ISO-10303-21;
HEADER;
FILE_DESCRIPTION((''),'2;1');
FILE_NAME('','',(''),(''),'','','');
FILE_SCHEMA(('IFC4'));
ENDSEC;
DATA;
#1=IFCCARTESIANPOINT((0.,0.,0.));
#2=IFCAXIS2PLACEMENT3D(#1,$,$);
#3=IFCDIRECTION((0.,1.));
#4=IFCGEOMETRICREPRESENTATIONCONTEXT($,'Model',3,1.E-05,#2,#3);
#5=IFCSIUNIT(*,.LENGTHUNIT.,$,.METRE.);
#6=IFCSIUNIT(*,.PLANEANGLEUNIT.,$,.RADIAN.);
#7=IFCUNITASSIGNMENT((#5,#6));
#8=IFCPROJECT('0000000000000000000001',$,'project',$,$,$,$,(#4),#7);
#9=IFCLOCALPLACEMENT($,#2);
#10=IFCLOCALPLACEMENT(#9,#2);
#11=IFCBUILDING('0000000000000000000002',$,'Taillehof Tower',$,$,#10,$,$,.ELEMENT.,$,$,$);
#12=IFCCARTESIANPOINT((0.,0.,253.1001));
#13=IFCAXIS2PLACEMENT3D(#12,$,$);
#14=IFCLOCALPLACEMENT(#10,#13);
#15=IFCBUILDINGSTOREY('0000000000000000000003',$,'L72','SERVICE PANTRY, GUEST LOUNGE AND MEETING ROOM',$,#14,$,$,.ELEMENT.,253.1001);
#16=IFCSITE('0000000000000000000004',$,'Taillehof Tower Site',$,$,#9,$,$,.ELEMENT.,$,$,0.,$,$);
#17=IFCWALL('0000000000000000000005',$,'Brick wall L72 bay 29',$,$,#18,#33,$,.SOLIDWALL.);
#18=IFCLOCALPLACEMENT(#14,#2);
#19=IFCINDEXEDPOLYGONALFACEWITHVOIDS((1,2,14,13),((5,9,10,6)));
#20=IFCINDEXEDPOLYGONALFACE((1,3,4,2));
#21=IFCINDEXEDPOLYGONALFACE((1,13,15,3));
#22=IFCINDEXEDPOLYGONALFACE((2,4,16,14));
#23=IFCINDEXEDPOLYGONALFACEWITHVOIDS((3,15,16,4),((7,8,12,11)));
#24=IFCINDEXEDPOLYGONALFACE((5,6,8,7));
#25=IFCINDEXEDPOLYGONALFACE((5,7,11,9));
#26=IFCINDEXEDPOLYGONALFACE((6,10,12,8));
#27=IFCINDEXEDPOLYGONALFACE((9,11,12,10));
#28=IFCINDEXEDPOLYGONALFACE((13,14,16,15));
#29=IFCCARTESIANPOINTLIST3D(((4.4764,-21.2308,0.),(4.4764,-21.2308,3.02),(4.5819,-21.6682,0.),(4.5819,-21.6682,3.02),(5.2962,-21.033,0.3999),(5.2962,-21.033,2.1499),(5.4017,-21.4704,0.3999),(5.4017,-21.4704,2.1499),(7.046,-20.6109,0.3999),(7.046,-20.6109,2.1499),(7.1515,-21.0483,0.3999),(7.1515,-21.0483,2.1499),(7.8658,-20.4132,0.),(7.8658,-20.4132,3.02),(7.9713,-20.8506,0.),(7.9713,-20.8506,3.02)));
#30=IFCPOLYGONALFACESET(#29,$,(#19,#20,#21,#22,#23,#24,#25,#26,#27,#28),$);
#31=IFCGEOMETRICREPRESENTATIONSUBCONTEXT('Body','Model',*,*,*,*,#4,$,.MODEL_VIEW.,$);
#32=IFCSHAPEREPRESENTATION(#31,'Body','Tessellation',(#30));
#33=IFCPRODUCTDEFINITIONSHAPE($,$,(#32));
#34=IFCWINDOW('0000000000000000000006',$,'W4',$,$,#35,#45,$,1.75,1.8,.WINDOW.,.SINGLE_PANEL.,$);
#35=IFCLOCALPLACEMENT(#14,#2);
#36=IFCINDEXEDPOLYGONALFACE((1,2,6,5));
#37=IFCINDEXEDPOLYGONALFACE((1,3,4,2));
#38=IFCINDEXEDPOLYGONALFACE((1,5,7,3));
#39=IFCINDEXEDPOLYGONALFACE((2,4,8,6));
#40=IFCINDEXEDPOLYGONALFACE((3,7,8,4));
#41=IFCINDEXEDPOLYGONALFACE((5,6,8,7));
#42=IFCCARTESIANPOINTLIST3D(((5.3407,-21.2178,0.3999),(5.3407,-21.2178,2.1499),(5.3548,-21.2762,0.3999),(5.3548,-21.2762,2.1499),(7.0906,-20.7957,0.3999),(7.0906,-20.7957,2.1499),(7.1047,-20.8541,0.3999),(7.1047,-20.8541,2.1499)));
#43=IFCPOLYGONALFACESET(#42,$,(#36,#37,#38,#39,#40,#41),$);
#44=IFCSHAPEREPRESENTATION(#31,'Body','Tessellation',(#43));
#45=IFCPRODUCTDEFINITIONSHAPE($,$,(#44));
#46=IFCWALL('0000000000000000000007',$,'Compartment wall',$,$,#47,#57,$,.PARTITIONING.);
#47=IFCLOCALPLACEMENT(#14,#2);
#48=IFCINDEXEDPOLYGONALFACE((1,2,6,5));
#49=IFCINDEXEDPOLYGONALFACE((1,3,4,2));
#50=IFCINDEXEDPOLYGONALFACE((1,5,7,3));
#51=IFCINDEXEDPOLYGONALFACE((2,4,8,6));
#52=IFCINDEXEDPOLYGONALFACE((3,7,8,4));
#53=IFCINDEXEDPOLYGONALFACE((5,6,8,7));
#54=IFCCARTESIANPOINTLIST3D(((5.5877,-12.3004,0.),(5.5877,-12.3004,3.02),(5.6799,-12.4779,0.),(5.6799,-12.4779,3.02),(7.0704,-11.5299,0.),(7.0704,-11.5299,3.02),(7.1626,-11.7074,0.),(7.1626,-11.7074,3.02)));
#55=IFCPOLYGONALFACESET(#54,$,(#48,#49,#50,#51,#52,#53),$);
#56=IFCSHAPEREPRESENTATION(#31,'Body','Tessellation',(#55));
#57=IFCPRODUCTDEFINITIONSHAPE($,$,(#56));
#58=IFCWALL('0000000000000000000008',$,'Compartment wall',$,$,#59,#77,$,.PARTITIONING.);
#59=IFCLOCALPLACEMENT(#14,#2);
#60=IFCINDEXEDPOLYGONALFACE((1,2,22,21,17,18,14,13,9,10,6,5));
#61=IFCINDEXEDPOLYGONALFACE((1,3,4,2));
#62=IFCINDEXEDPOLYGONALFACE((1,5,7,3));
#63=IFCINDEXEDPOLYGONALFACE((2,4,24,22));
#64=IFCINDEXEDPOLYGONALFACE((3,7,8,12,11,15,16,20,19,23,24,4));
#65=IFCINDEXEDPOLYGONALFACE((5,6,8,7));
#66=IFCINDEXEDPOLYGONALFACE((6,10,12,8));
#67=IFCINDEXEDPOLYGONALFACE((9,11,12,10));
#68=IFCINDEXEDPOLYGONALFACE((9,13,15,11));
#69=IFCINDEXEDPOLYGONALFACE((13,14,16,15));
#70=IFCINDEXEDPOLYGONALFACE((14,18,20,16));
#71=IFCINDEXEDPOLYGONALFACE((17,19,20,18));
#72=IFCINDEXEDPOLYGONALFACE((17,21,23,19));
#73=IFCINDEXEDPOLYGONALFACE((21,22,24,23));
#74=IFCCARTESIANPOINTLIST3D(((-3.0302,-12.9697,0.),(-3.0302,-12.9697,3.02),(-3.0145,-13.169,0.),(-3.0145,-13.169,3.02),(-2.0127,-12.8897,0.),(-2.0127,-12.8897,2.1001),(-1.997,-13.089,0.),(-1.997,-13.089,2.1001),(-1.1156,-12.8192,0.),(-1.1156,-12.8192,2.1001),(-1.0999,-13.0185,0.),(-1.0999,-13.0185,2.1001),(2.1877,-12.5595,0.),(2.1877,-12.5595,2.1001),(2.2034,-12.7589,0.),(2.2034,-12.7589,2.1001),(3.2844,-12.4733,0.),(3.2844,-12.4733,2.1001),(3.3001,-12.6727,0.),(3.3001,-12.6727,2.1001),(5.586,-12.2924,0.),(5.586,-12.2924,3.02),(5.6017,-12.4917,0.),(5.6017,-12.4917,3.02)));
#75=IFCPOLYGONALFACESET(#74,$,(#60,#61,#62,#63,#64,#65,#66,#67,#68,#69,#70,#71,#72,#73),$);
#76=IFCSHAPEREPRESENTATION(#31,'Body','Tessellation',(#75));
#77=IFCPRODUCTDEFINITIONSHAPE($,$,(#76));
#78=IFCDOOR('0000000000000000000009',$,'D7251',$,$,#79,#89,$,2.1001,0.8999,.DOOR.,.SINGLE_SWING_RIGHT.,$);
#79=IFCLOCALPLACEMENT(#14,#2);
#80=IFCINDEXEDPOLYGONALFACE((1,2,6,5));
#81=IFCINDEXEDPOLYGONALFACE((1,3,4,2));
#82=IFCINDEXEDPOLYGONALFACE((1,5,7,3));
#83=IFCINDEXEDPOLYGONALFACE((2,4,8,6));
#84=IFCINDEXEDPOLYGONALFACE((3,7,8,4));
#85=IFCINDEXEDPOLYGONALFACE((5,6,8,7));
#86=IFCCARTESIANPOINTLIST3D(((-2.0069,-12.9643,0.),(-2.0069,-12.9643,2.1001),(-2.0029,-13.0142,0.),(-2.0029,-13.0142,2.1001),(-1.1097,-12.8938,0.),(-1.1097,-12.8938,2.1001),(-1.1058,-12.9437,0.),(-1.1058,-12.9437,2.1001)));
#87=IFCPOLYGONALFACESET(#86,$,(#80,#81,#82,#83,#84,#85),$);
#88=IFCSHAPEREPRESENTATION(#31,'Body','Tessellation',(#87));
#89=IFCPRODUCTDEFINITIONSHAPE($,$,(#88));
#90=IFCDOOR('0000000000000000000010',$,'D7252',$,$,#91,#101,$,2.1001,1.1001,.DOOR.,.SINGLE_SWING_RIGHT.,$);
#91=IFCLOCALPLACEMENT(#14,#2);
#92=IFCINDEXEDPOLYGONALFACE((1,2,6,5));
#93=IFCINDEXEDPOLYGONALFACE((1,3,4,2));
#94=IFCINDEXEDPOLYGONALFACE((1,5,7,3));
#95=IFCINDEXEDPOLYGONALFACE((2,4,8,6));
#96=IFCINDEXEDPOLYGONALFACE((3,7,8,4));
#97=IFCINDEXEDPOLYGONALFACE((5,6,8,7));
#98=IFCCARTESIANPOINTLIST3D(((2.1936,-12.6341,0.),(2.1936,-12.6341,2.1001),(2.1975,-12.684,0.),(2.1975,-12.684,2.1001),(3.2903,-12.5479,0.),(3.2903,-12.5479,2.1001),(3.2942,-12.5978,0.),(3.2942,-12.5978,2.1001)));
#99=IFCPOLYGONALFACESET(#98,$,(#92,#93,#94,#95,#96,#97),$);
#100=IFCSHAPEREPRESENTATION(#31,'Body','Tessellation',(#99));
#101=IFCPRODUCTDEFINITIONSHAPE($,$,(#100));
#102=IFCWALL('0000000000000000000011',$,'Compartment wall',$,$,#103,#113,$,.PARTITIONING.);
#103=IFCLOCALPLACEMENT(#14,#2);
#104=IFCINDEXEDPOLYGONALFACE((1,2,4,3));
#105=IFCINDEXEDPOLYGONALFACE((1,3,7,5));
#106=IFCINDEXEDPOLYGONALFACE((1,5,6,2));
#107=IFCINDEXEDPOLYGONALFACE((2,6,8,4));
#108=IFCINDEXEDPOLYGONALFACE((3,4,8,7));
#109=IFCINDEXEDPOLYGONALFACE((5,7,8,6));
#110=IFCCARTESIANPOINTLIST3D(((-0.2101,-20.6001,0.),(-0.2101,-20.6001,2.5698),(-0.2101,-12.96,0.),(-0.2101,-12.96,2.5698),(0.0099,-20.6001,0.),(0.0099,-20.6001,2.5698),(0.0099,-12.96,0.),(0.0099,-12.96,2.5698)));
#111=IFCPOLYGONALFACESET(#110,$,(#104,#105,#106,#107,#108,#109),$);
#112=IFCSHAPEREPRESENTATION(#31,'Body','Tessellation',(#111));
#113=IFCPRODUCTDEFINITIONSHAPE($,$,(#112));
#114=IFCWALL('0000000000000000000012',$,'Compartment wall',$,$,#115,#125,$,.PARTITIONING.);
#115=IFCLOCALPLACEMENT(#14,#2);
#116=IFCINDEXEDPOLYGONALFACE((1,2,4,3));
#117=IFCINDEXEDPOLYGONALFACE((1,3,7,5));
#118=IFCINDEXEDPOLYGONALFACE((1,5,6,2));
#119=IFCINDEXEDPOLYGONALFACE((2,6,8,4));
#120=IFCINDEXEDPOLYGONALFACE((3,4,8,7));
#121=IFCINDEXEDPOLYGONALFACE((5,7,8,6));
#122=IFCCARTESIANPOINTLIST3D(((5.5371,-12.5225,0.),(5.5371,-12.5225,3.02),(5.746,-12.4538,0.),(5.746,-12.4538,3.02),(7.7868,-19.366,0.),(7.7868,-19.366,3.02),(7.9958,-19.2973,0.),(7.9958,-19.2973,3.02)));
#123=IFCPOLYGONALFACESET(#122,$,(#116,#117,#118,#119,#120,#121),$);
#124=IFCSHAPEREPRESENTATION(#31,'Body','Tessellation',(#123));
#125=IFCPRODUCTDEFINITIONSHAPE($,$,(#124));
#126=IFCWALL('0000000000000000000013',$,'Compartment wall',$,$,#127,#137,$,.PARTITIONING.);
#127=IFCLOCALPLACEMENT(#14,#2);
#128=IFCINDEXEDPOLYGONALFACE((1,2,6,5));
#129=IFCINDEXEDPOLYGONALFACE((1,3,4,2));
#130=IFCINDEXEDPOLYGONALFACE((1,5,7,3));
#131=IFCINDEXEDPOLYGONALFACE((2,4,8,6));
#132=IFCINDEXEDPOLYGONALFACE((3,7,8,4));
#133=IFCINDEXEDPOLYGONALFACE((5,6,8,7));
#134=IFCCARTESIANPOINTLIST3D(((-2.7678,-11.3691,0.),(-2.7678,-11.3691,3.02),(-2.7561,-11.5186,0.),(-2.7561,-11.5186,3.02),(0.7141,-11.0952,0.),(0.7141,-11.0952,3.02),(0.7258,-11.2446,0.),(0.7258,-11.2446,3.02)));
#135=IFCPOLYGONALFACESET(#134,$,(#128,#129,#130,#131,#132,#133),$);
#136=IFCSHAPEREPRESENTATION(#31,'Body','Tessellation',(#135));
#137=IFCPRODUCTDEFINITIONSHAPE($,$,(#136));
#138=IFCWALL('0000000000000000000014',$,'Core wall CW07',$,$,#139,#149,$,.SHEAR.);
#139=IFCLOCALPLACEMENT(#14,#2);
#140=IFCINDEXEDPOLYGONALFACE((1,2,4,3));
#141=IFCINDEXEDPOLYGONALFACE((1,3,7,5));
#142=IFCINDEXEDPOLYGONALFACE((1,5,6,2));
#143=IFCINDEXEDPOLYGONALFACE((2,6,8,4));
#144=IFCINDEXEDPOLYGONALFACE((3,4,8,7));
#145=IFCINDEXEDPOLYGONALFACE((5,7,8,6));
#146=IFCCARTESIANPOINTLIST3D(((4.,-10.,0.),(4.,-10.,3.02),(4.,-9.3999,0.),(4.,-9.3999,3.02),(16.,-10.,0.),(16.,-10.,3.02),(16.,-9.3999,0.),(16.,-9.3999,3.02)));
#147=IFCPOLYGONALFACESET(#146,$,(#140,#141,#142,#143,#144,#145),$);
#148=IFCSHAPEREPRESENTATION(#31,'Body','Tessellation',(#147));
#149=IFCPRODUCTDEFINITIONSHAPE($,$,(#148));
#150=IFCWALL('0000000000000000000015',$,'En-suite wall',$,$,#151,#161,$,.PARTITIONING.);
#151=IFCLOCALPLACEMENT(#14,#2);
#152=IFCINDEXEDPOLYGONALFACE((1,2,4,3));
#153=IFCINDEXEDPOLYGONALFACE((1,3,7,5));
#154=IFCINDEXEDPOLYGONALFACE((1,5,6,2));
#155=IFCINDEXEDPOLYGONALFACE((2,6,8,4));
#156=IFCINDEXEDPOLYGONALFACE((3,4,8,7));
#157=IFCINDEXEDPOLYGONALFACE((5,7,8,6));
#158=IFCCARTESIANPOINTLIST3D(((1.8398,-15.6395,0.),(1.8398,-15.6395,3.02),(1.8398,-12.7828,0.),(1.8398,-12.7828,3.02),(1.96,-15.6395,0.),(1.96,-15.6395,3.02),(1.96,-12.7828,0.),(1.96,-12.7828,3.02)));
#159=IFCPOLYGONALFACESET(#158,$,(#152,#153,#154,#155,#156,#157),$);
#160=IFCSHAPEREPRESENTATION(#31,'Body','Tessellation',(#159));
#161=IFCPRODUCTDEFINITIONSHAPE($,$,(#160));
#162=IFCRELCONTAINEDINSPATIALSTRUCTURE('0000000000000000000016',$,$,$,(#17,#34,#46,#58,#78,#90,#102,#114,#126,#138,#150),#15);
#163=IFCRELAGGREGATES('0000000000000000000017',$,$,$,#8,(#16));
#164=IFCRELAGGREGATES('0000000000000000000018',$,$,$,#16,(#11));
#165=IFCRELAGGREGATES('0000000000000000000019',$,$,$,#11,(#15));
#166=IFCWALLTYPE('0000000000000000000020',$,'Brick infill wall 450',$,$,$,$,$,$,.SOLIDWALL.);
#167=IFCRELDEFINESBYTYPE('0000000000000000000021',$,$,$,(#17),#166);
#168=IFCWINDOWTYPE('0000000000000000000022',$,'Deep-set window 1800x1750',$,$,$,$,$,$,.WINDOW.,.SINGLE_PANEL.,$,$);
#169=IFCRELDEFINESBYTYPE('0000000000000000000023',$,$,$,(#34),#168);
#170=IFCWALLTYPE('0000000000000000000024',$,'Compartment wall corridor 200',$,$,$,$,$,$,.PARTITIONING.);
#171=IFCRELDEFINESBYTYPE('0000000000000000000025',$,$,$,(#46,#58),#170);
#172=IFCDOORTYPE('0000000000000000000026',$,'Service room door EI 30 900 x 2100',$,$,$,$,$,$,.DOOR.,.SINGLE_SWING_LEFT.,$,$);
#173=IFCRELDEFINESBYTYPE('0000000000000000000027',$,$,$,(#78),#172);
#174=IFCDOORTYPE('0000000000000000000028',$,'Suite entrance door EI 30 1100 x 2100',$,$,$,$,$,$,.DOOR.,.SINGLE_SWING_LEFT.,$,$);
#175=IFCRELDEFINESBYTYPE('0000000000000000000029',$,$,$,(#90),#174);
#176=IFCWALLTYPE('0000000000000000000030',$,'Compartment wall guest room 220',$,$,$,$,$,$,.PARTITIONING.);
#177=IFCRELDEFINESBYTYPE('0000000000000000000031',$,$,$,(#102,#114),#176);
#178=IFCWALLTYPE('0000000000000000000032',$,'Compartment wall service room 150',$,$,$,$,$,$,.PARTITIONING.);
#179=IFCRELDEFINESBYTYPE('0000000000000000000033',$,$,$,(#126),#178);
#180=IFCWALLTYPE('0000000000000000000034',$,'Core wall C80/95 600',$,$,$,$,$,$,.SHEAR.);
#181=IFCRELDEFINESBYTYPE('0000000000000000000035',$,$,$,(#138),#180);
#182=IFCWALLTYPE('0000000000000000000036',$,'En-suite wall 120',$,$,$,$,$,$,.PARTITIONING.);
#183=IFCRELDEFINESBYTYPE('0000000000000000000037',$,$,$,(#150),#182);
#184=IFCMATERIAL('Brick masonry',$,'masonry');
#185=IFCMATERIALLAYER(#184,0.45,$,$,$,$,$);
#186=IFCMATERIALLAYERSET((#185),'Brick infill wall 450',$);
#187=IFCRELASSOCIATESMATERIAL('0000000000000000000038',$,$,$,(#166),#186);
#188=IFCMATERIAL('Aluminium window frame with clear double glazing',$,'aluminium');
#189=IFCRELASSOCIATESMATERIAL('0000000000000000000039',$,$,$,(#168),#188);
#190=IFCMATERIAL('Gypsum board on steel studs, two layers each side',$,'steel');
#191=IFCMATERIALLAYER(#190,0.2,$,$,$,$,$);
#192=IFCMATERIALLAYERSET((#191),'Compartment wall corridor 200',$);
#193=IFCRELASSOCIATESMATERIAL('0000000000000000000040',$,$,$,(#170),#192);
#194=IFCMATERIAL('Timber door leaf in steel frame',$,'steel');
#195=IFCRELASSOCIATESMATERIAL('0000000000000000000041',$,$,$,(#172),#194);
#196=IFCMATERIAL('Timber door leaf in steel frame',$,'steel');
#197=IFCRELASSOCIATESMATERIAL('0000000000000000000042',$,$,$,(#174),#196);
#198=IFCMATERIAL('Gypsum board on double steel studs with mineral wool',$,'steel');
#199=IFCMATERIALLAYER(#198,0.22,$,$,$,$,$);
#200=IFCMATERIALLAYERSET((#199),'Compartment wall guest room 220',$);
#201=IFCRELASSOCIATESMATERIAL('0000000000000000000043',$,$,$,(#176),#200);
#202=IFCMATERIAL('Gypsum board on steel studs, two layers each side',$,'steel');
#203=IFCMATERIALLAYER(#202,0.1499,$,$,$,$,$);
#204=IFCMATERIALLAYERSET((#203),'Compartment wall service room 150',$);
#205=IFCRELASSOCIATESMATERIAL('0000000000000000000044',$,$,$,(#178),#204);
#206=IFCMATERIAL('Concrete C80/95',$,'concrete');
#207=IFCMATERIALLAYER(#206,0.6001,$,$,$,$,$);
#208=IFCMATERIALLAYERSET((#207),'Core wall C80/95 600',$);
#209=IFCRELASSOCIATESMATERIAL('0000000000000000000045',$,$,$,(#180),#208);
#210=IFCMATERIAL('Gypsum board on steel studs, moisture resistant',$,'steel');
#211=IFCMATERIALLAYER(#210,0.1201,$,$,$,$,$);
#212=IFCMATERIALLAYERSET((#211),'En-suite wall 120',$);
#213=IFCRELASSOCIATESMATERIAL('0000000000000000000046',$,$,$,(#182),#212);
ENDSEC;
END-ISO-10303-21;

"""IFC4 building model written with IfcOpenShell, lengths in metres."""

from ifc_helpers import new_model, si_unit, direction, frame, frame_2d, origin, place, context, subcontext, project, spatial, rectangle, extrude, material, layer, layer_set, type_object, element, fill, save


model = new_model("IFC4")

# Units and contexts
model_context = context("Model", 3, precision=1e-05, world=origin(), true_north=direction((0.0, 1.0)))
body_context = subcontext(model_context, "Body", "Model", "MODEL_VIEW")
ifc_project = project(units=[si_unit("LENGTHUNIT", "METRE"), si_unit("PLANEANGLEUNIT", "RADIAN")], contexts=[model_context])

# Site, building, storey
site_placement = place(None, origin())
site = spatial("IfcSite", under=ifc_project, at=site_placement, Name="Taillehof Tower Site", CompositionType="ELEMENT", RefElevation=0.0)
building_placement = place(site_placement, origin())
building = spatial("IfcBuilding", under=site, at=building_placement, Name="Taillehof Tower", CompositionType="ELEMENT")
storey_placement = place(building_placement, frame((0.0, 0.0, 253.1001)))
storey = spatial("IfcBuildingStorey", under=building, at=storey_placement, Name="L72", Description="SERVICE PANTRY, GUEST LOUNGE AND MEETING ROOM", CompositionType="ELEMENT", Elevation=253.1001)

# Wall, opening, window
ifc_material_1 = material(Name="Brick masonry", Category="masonry")
ifc_layer_1 = layer(ifc_material_1, 0.45)
ifc_layer_set_1 = layer_set([ifc_layer_1], Name="Brick infill wall 450")
wall_type_1 = type_object("IfcWallType", Name="Brick infill wall 450", PredefinedType="SOLIDWALL", material=ifc_layer_set_1)
ifc_material_2 = material(Name="Aluminium window frame with clear double glazing", Category="aluminium")
window_type = type_object("IfcWindowType", Name="Deep-set window 1800x1750", PartitioningType="SINGLE_PANEL", PredefinedType="WINDOW", material=ifc_material_2)
wall_1_placement = place(storey_placement, frame((4.5293, -21.4495, 0.0), z_axis=(0.0, 0.0, 1.0), x_axis=(0.972115, 0.234504, 0.0)))
wall_1 = element("IfcWall", 1, at=wall_1_placement, inside=storey, type_object=wall_type_1, Name="Brick wall L72 bay 29", PredefinedType="SOLIDWALL", context=body_context, shape_type="SweptSolid", body=[
    extrude(rectangle(XDim=3.4866, YDim=0.45, at=frame_2d((1.7432, 0.0))), origin(), (0.0, 0.0, 1.0), 3.02),
])
opening_1_placement = place(wall_1_placement, frame((0.8433, 0.0, 0.3999)))
opening_1 = element("IfcOpeningElement", 2, at=opening_1_placement, cuts=wall_1, PredefinedType="OPENING", context=body_context, shape_type="SweptSolid", body=[
    extrude(rectangle(XDim=1.8, YDim=1.75, at=frame_2d((0.8999, 0.875))), frame((0.0, 0.2349, 0.0), z_axis=(0.0, -1.0, 0.0), x_axis=(1.0, 0.0, 0.0)), (0.0, 0.0, 1.0), 0.47),
])
window_1_placement = place(opening_1_placement, origin())
window_1 = element("IfcWindow", 3, at=window_1_placement, inside=storey, type_object=window_type, Name="W4", OverallHeight=1.75, OverallWidth=1.8, PartitioningType="SINGLE_PANEL", PredefinedType="WINDOW", context=body_context, shape_type="SweptSolid", body=[
    extrude(rectangle(XDim=1.8, YDim=1.75, at=frame_2d((0.8999, 0.875))), frame((0.0, 0.0349, 0.0), z_axis=(0.0, -1.0, 0.0), x_axis=(1.0, 0.0, 0.0)), (0.0, 0.0, 1.0), 0.0601),
])
fill(opening_1, window_1)

# Wall
ifc_material_3 = material(Name="Gypsum board on steel studs, two layers each side", Category="steel")
ifc_layer_2 = layer(ifc_material_3, 0.2)
ifc_layer_set_2 = layer_set([ifc_layer_2], Name="Compartment wall corridor 200")
wall_type_2 = type_object("IfcWallType", Name="Compartment wall corridor 200", PredefinedType="PARTITIONING", material=ifc_layer_set_2)
wall_2_placement = place(storey_placement, frame((7.1165, -11.6187, 0.0), z_axis=(0.0, 0.0, 1.0), x_axis=(-0.887334, -0.461127, 0.0)))
element("IfcWall", 4, at=wall_2_placement, inside=storey, type_object=wall_type_2, Name="Compartment wall", PredefinedType="PARTITIONING", context=body_context, shape_type="SweptSolid", body=[
    extrude(rectangle(XDim=1.6709, YDim=0.2, at=frame_2d((0.8354, 0.0))), origin(), (0.0, 0.0, 1.0), 3.02),
])

# Wall, openings, doors
wall_3_placement = place(storey_placement, frame((5.5938, -12.3921, 0.0), z_axis=(0.0, 0.0, 1.0), x_axis=(-0.996925, -0.07836, 0.0)))
wall_3 = element("IfcWall", 5, at=wall_3_placement, inside=storey, type_object=wall_type_2, Name="Compartment wall", PredefinedType="PARTITIONING", context=body_context, shape_type="SweptSolid", body=[
    extrude(rectangle(XDim=8.6428, YDim=0.2, at=frame_2d((4.3213, 0.0))), origin(), (0.0, 0.0, 1.0), 3.02),
])
opening_2_placement = place(wall_3_placement, frame((6.7222, 0.0, 0.0)))
opening_2 = element("IfcOpeningElement", 6, at=opening_2_placement, cuts=wall_3, PredefinedType="OPENING", context=body_context, shape_type="SweptSolid", body=[
    extrude(rectangle(XDim=0.8999, YDim=2.1001, at=frame_2d((0.45, 1.05))), frame((0.0, 0.1099, 0.0), z_axis=(0.0, -1.0, 0.0), x_axis=(1.0, 0.0, 0.0)), (0.0, 0.0, 1.0), 0.22),
])
opening_3_placement = place(wall_3_placement, frame((2.3086, 0.0, 0.0)))
opening_3 = element("IfcOpeningElement", 7, at=opening_3_placement, cuts=wall_3, PredefinedType="OPENING", context=body_context, shape_type="SweptSolid", body=[
    extrude(rectangle(XDim=1.1001, YDim=2.1001, at=frame_2d((0.55, 1.05))), frame((0.0, 0.1099, 0.0), z_axis=(0.0, -1.0, 0.0), x_axis=(1.0, 0.0, 0.0)), (0.0, 0.0, 1.0), 0.22),
])
ifc_material_4 = material(Name="Timber door leaf in steel frame", Category="steel")
door_type_1 = type_object("IfcDoorType", Name="Service room door EI 30 900 x 2100", OperationType="SINGLE_SWING_LEFT", PredefinedType="DOOR", material=ifc_material_4)
door_1_placement = place(opening_2_placement, origin())
door_1 = element("IfcDoor", 8, at=door_1_placement, inside=storey, type_object=door_type_1, Name="D7251", OperationType="SINGLE_SWING_RIGHT", OverallHeight=2.1001, OverallWidth=0.8999, PredefinedType="DOOR", context=body_context, shape_type="SweptSolid", body=[
    extrude(rectangle(XDim=0.8999, YDim=2.1001, at=frame_2d((0.45, 1.05))), frame((0.0, 0.0249, 0.0), z_axis=(0.0, -1.0, 0.0), x_axis=(1.0, 0.0, 0.0)), (0.0, 0.0, 1.0), 0.05),
])
fill(opening_2, door_1)
ifc_material_5 = material(Name="Timber door leaf in steel frame", Category="steel")
door_type_2 = type_object("IfcDoorType", Name="Suite entrance door EI 30 1100 x 2100", OperationType="SINGLE_SWING_LEFT", PredefinedType="DOOR", material=ifc_material_5)
door_2_placement = place(opening_3_placement, origin())
door_2 = element("IfcDoor", 9, at=door_2_placement, inside=storey, type_object=door_type_2, Name="D7252", OperationType="SINGLE_SWING_RIGHT", OverallHeight=2.1001, OverallWidth=1.1001, PredefinedType="DOOR", context=body_context, shape_type="SweptSolid", body=[
    extrude(rectangle(XDim=1.1001, YDim=2.1001, at=frame_2d((0.55, 1.05))), frame((0.0, 0.0249, 0.0), z_axis=(0.0, -1.0, 0.0), x_axis=(1.0, 0.0, 0.0)), (0.0, 0.0, 1.0), 0.05),
])
fill(opening_3, door_2)

# Walls
ifc_material_6 = material(Name="Gypsum board on double steel studs with mineral wool", Category="steel")
ifc_layer_3 = layer(ifc_material_6, 0.22)
ifc_layer_set_3 = layer_set([ifc_layer_3], Name="Compartment wall guest room 220")
wall_type_3 = type_object("IfcWallType", Name="Compartment wall guest room 220", PredefinedType="PARTITIONING", material=ifc_layer_set_3)
wall_4_placement = place(storey_placement, frame((-0.1001, -20.6001, 0.0), z_axis=(0.0, 0.0, 1.0), x_axis=(0.0, 1.0, 0.0)))
element("IfcWall", 10, at=wall_4_placement, inside=storey, type_object=wall_type_3, Name="Compartment wall", PredefinedType="PARTITIONING", context=body_context, shape_type="SweptSolid", body=[
    extrude(rectangle(XDim=7.6401, YDim=0.22, at=frame_2d((3.8201, 0.0))), origin(), (0.0, 0.0, 1.0), 2.5698),
])
wall_5_placement = place(storey_placement, frame((7.8914, -19.3318, 0.0), z_axis=(0.0, 0.0, 1.0), x_axis=(-0.312301, 0.949983, 0.0)))
element("IfcWall", 11, at=wall_5_placement, inside=storey, type_object=wall_type_3, Name="Compartment wall", PredefinedType="PARTITIONING", context=body_context, shape_type="SweptSolid", body=[
    extrude(rectangle(XDim=7.2039, YDim=0.22, at=frame_2d((3.6021, 0.0))), origin(), (0.0, 0.0, 1.0), 3.02),
])
ifc_material_7 = material(Name="Gypsum board on steel studs, two layers each side", Category="steel")
ifc_layer_4 = layer(ifc_material_7, 0.1499)
ifc_layer_set_4 = layer_set([ifc_layer_4], Name="Compartment wall service room 150")
wall_type_4 = type_object("IfcWallType", Name="Compartment wall service room 150", PredefinedType="PARTITIONING", material=ifc_layer_set_4)
wall_6_placement = place(storey_placement, frame((0.72, -11.1699, 0.0), z_axis=(0.0, 0.0, 1.0), x_axis=(-0.99692, -0.078428, 0.0)))
element("IfcWall", 12, at=wall_6_placement, inside=storey, type_object=wall_type_4, Name="Compartment wall", PredefinedType="PARTITIONING", context=body_context, shape_type="SweptSolid", body=[
    extrude(rectangle(XDim=3.4927, YDim=0.1499, at=frame_2d((1.7463, 0.0))), origin(), (0.0, 0.0, 1.0), 3.02),
])
ifc_material_8 = material(Name="Concrete C80/95", Category="concrete")
ifc_layer_5 = layer(ifc_material_8, 0.6001)
ifc_layer_set_5 = layer_set([ifc_layer_5], Name="Core wall C80/95 600")
wall_type_5 = type_object("IfcWallType", Name="Core wall C80/95 600", PredefinedType="SHEAR", material=ifc_layer_set_5)
wall_7_placement = place(storey_placement, frame((4.0, -9.7, 0.0), z_axis=(0.0, 0.0, 1.0), x_axis=(1.0, 0.0, 0.0)))
element("IfcWall", 13, at=wall_7_placement, inside=storey, type_object=wall_type_5, Name="Core wall CW07", PredefinedType="SHEAR", context=body_context, shape_type="SweptSolid", body=[
    extrude(rectangle(XDim=12.0, YDim=0.6001, at=frame_2d((6.0, 0.0))), origin(), (0.0, 0.0, 1.0), 3.02),
])
ifc_material_9 = material(Name="Gypsum board on steel studs, moisture resistant", Category="steel")
ifc_layer_6 = layer(ifc_material_9, 0.1201)
ifc_layer_set_6 = layer_set([ifc_layer_6], Name="En-suite wall 120")
wall_type_6 = type_object("IfcWallType", Name="En-suite wall 120", PredefinedType="PARTITIONING", material=ifc_layer_set_6)
wall_8_placement = place(storey_placement, frame((1.8999, -12.783, 0.0), z_axis=(0.0, 0.0, 1.0), x_axis=(0.0, -1.0, 0.0)))
element("IfcWall", 14, at=wall_8_placement, inside=storey, type_object=wall_type_6, Name="En-suite wall", PredefinedType="PARTITIONING", context=body_context, shape_type="SweptSolid", body=[
    extrude(rectangle(XDim=2.8567, YDim=0.1201, at=frame_2d((1.4282, 0.0))), origin(), (0.0, 0.0, 1.0), 3.02),
])

save(model, "model.ifc")
